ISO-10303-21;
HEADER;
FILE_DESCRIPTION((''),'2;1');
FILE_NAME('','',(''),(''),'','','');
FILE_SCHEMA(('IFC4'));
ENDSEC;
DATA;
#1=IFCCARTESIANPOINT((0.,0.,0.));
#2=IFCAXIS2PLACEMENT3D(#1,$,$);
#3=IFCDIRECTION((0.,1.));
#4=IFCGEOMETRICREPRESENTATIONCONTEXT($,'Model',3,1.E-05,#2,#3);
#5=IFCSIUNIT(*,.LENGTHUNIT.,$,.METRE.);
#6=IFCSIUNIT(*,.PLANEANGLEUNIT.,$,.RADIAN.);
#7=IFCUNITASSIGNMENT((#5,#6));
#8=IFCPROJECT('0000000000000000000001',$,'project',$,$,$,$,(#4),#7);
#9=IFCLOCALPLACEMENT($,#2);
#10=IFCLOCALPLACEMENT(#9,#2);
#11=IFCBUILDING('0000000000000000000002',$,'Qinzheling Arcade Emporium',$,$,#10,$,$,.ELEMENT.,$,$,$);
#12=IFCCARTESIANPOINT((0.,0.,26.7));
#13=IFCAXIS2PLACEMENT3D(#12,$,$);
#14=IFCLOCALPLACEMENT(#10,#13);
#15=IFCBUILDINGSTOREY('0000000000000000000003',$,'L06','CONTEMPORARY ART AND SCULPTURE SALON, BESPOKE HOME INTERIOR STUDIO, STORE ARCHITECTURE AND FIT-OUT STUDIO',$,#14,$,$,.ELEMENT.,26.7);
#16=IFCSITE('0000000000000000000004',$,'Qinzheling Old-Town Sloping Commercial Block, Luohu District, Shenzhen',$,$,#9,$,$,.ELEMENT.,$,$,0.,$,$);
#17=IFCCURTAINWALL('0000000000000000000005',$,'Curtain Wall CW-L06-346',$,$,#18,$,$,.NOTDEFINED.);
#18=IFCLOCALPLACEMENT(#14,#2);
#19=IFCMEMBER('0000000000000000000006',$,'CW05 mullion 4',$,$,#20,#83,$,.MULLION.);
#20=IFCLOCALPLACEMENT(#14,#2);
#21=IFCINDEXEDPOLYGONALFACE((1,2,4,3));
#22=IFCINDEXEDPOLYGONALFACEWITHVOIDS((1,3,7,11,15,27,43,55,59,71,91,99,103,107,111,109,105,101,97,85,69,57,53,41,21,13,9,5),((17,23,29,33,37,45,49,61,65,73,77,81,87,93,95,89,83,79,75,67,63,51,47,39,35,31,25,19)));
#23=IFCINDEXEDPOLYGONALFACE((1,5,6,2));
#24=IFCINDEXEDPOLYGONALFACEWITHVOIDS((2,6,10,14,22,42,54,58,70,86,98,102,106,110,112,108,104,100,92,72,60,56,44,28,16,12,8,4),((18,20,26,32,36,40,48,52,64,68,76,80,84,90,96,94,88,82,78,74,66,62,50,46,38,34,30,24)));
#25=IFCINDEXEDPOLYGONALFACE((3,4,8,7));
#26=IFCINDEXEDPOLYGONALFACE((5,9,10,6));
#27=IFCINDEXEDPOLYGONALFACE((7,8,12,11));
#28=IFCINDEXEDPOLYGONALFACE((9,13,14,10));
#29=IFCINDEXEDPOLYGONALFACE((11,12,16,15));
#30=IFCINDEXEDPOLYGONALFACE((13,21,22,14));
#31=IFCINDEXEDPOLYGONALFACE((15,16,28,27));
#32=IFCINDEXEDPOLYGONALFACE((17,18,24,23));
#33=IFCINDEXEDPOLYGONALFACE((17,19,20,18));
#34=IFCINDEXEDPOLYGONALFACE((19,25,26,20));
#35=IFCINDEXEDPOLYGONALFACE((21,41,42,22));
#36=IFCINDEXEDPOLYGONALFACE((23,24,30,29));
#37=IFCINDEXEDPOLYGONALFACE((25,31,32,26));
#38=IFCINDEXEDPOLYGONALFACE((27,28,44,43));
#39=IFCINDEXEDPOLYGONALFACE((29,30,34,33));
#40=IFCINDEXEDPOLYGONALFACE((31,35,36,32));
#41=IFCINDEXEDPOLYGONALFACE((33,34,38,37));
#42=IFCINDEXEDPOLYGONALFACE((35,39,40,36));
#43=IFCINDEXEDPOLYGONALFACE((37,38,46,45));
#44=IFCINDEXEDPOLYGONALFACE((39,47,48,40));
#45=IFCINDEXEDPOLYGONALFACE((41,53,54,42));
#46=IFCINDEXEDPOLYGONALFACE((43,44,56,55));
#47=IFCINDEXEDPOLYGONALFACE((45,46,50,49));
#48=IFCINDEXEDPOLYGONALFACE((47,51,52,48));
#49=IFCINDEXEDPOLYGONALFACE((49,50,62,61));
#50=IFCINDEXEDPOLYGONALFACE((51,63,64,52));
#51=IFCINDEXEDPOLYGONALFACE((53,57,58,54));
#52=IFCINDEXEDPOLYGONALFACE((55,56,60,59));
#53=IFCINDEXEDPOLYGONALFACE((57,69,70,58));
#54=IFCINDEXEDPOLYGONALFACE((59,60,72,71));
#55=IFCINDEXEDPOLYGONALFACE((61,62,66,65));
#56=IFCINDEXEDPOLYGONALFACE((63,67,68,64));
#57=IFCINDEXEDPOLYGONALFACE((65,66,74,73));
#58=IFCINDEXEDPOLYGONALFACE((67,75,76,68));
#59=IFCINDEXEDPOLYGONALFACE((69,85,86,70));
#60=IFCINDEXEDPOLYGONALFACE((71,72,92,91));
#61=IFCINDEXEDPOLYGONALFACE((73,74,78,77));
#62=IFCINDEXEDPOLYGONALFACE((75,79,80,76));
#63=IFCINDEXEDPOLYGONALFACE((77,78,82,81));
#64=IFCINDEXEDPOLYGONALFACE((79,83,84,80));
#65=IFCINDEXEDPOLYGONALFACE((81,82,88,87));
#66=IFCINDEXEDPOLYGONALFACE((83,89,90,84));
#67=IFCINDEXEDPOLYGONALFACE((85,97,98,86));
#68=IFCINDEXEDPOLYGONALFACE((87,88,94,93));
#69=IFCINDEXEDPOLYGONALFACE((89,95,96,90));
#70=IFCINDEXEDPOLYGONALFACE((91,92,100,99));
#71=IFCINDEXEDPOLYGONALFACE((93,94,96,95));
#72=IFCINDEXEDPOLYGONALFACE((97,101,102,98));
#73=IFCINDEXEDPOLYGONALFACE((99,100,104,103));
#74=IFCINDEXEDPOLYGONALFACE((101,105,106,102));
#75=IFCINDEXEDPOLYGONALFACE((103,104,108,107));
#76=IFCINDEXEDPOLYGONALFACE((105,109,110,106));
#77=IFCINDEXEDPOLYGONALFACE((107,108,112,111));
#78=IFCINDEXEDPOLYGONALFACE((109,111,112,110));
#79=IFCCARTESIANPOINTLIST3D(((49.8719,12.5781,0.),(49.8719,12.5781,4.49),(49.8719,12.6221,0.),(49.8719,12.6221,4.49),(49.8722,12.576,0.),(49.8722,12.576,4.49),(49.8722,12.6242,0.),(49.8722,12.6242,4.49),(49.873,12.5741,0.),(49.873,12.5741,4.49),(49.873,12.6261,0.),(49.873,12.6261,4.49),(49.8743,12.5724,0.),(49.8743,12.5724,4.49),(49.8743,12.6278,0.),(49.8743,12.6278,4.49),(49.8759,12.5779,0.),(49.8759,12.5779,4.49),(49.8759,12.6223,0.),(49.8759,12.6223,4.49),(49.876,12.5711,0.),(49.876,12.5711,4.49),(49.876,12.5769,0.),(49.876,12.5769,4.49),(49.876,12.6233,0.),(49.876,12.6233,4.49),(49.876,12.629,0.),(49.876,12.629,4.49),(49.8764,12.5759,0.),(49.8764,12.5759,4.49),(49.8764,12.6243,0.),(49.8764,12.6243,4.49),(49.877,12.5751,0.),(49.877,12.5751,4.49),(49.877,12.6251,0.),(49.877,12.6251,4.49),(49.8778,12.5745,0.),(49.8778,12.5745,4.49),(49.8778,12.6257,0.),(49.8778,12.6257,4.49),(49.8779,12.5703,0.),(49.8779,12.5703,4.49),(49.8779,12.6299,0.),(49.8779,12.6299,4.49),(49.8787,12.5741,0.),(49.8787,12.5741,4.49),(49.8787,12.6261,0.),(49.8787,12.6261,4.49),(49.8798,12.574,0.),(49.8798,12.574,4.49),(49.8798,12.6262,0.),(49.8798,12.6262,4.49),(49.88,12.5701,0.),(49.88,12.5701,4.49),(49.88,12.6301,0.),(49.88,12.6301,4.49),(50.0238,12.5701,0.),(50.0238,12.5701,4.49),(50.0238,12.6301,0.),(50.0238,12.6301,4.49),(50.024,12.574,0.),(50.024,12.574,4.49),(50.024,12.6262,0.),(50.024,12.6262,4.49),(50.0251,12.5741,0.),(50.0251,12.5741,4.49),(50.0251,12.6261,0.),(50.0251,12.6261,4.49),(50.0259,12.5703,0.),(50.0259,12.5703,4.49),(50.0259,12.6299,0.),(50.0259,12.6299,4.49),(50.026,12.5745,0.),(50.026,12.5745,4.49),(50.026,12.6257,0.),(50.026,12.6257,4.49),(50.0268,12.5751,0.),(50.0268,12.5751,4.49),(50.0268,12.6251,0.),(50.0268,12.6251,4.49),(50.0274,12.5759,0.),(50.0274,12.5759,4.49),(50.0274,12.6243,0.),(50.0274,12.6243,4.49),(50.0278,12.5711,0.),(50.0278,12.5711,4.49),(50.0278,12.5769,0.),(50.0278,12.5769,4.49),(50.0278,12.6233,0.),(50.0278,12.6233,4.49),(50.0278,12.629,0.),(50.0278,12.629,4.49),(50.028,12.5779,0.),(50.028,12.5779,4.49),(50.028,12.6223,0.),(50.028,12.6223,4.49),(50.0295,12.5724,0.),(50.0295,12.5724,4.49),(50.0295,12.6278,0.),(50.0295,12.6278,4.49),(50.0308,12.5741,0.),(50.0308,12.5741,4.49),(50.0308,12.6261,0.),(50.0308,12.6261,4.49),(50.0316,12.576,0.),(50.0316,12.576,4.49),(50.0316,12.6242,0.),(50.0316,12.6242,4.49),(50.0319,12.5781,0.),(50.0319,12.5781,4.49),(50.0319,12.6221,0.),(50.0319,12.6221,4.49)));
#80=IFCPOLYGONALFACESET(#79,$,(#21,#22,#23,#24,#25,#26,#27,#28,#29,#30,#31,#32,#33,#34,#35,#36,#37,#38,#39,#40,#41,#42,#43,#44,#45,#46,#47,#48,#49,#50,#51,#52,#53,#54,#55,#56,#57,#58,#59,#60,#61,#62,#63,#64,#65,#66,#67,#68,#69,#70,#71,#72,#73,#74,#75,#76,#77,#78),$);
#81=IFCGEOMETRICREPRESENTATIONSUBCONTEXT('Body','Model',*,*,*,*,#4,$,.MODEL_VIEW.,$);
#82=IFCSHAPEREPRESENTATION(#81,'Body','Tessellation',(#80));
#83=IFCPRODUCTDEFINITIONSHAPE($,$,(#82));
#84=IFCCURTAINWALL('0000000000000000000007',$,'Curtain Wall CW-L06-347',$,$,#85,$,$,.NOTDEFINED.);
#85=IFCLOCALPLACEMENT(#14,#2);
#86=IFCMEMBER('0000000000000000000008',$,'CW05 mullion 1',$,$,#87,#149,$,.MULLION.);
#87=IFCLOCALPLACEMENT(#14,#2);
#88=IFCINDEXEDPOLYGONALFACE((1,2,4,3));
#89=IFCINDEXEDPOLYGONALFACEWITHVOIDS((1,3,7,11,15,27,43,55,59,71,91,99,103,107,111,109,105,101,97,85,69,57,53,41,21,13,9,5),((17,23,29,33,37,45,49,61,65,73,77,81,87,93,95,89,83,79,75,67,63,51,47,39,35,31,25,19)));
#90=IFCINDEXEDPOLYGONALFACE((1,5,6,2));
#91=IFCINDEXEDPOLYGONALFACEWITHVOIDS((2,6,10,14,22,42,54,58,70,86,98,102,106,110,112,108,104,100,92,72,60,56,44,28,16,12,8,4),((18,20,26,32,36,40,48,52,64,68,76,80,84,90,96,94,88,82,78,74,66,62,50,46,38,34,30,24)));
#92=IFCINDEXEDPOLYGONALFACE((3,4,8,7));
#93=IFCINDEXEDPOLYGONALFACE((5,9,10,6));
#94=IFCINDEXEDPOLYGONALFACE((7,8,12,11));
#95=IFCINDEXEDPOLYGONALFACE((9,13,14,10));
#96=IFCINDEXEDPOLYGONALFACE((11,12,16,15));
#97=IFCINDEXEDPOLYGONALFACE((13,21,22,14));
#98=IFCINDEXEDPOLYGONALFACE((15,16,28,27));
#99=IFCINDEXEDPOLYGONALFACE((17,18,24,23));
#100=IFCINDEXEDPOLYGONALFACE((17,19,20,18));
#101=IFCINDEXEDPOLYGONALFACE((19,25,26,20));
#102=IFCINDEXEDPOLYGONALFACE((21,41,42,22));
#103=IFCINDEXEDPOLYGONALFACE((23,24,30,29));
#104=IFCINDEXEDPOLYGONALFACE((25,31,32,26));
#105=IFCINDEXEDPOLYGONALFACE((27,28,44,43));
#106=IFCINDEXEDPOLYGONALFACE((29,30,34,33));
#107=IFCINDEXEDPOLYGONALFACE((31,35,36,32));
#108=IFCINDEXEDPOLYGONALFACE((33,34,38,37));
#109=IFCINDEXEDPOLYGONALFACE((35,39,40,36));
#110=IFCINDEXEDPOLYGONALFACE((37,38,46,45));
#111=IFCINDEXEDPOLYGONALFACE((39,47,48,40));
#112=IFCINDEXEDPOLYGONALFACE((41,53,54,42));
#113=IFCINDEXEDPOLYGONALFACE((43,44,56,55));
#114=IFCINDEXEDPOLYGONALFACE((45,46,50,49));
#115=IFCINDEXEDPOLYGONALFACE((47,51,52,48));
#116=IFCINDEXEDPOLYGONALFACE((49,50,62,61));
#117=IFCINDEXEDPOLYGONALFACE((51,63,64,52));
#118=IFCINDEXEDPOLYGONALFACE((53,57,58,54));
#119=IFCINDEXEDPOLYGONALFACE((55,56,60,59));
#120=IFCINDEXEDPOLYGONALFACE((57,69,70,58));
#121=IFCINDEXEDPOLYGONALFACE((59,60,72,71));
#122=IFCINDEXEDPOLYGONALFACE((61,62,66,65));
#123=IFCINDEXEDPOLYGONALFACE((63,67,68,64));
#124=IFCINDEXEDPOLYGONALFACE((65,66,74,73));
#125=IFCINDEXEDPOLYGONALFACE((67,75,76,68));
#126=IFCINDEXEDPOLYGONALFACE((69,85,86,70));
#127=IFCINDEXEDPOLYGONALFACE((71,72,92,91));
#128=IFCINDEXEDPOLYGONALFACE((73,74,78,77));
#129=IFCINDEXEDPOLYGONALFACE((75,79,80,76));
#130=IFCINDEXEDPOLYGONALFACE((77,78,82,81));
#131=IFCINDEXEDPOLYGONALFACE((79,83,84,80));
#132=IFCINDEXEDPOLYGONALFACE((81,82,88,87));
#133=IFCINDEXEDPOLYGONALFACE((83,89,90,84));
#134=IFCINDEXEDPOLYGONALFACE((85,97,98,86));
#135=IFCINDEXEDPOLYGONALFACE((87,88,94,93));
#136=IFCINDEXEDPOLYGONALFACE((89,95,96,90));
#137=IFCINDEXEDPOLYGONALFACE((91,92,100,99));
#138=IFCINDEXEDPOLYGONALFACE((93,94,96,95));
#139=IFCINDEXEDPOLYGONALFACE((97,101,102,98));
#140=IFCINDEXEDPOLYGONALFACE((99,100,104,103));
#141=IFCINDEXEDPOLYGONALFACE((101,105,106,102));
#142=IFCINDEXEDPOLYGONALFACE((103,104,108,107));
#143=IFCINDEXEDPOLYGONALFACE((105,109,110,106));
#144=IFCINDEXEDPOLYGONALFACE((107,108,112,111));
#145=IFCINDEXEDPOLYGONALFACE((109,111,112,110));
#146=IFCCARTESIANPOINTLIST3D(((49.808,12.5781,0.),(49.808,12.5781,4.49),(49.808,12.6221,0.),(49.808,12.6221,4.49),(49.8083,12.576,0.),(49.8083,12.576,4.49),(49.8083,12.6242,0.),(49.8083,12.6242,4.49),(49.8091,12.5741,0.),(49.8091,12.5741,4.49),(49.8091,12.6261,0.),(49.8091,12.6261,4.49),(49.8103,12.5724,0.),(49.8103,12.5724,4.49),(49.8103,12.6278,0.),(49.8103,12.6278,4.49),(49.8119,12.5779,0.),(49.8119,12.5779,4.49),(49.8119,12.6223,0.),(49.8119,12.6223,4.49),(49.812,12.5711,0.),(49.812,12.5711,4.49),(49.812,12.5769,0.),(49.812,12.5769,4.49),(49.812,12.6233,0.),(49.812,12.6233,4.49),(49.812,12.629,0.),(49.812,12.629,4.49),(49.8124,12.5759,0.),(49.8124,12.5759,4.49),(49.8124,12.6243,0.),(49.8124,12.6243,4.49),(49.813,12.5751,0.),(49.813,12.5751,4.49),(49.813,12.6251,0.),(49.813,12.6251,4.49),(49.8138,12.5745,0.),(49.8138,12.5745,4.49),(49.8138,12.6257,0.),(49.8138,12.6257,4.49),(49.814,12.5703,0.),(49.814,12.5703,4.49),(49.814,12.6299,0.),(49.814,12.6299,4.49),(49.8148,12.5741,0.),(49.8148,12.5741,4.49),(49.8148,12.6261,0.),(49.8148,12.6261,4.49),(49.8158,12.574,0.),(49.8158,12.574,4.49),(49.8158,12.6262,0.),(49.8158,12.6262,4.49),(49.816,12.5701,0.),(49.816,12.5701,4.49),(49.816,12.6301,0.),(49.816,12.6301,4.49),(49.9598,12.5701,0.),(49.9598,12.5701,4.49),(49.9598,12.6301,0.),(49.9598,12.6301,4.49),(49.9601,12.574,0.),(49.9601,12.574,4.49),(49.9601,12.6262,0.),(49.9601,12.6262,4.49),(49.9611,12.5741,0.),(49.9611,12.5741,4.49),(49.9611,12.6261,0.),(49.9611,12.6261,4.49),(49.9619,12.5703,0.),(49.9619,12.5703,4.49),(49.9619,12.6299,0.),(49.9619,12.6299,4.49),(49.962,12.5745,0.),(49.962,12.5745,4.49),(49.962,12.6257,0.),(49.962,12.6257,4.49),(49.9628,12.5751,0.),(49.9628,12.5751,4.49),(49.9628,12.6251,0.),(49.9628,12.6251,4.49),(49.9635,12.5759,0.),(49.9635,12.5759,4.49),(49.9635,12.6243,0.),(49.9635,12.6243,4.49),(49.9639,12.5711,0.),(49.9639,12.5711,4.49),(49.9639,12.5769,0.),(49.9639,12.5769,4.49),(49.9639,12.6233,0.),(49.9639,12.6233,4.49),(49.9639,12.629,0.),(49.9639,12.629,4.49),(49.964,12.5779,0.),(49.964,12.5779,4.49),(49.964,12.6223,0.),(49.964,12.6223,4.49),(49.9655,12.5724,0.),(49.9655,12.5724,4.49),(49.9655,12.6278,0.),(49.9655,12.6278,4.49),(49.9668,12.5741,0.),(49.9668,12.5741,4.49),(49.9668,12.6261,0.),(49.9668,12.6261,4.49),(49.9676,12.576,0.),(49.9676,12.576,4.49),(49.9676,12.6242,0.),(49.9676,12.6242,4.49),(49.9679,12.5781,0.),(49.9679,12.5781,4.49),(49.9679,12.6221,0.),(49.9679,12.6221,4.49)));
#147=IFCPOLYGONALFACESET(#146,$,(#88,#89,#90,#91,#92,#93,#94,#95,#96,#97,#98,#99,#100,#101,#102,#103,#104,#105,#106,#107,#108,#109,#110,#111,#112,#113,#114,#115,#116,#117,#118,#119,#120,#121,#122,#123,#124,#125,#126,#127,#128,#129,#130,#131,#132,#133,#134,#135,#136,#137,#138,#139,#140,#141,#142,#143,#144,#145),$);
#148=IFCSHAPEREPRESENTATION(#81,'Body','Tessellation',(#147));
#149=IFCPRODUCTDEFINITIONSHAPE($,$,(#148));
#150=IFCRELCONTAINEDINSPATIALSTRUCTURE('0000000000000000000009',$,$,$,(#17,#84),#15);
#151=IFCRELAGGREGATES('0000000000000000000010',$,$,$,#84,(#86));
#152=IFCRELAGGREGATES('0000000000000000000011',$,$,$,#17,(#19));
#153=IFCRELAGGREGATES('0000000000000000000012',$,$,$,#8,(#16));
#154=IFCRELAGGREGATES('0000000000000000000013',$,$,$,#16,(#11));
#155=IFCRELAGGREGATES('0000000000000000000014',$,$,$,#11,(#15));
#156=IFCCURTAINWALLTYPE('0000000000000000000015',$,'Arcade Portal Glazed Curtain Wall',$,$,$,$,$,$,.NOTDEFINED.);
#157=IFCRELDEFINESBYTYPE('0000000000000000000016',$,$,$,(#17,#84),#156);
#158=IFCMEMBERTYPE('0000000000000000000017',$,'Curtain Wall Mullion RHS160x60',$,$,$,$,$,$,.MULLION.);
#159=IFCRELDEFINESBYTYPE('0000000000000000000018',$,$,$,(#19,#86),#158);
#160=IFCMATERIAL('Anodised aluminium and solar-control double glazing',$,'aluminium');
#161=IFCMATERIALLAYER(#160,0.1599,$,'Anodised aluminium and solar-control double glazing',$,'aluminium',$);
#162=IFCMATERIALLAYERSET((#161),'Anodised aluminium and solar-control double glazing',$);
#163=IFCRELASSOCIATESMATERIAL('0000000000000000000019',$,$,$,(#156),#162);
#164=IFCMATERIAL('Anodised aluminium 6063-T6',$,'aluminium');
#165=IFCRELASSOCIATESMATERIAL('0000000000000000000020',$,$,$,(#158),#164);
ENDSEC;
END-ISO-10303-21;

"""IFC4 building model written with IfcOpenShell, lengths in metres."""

from ifc_helpers import new_model, si_unit, direction, frame, origin, origin_2d, place, context, subcontext, project, spatial, hollow_rectangle, extrude, material, layer, layer_set, material_profile, profile_set, type_object, element, aggregate, save


model = new_model("IFC4")

# Units and contexts
model_context = context("Model", 3, precision=1e-05, world=origin(), true_north=direction((0.0, 1.0)))
body_context = subcontext(model_context, "Body", "Model", "MODEL_VIEW")
ifc_project = project(units=[si_unit("LENGTHUNIT", "METRE"), si_unit("PLANEANGLEUNIT", "RADIAN")], contexts=[model_context])

# Site, building, storey
site_placement = place(None, origin())
site = spatial("IfcSite", under=ifc_project, at=site_placement, Name="Qinzheling Old-Town Sloping Commercial Block, Luohu District, Shenzhen", CompositionType="ELEMENT", RefElevation=0.0)
building_placement = place(site_placement, origin())
building = spatial("IfcBuilding", under=site, at=building_placement, Name="Qinzheling Arcade Emporium", CompositionType="ELEMENT")
storey_placement = place(building_placement, frame((0.0, 0.0, 26.7)))
storey = spatial("IfcBuildingStorey", under=building, at=storey_placement, Name="L06", Description="CONTEMPORARY ART AND SCULPTURE SALON, BESPOKE HOME INTERIOR STUDIO, STORE ARCHITECTURE AND FIT-OUT STUDIO", CompositionType="ELEMENT", Elevation=26.7)

# Curtain wall, member
ifc_material_1 = material(Name="Anodised aluminium and solar-control double glazing", Category="aluminium")
ifc_layer_1 = layer(ifc_material_1, 0.1599, Name="Anodised aluminium and solar-control double glazing", Category="aluminium")
ifc_layer_set_1 = layer_set([ifc_layer_1], Name="Anodised aluminium and solar-control double glazing")
curtain_wall_type = type_object("IfcCurtainWallType", Name="Arcade Portal Glazed Curtain Wall", PredefinedType="NOTDEFINED", material=ifc_layer_set_1)
curtain_wall_1_placement = place(storey_placement, origin())
curtain_wall_1 = element("IfcCurtainWall", 1, at=curtain_wall_1_placement, inside=storey, type_object=curtain_wall_type, Name="Curtain Wall CW-L06-346", PredefinedType="NOTDEFINED")
ifc_material_2 = material(Name="Anodised aluminium 6063-T6", Category="aluminium")
ifc_material_profile_1 = material_profile(ifc_material_2, hollow_rectangle(XDim=0.0601, YDim=0.1599, WallThickness=0.0039, InnerFilletRadius=0.0039, OuterFilletRadius=0.0081, at=origin_2d()), Name="RHS 160x60x4", Category="aluminium")
ifc_profile_set_1 = profile_set([ifc_material_profile_1], Name="Anodised aluminium 6063-T6")
member_type_1 = type_object("IfcMemberType", Name="Curtain Wall Mullion RHS160x60", PredefinedType="MULLION", material=ifc_profile_set_1)
member_1_placement = place(storey_placement, frame((49.9519, 12.6001, 0.0), z_axis=(0.0, 0.0, 1.0), x_axis=(0.0, -1.0, 0.0)))
member_1 = element("IfcMember", 2, at=member_1_placement, type_object=member_type_1, Name="CW05 mullion 4", PredefinedType="MULLION", context=body_context, shape_type="SweptSolid", body=[
    extrude(hollow_rectangle(XDim=0.0601, YDim=0.1599, WallThickness=0.0039, InnerFilletRadius=0.0039, OuterFilletRadius=0.0081, at=origin_2d()), origin(), (0.0, 0.0, 1.0), 4.49),
])

# Curtain wall, member
curtain_wall_2_placement = place(storey_placement, origin())
curtain_wall_2 = element("IfcCurtainWall", 3, at=curtain_wall_2_placement, inside=storey, type_object=curtain_wall_type, Name="Curtain Wall CW-L06-347", PredefinedType="NOTDEFINED")
member_2_placement = place(storey_placement, frame((49.8879, 12.6001, 0.0), z_axis=(0.0, 0.0, 1.0), x_axis=(0.0, -1.0, 0.0)))
member_2 = element("IfcMember", 4, at=member_2_placement, type_object=member_type_1, Name="CW05 mullion 1", PredefinedType="MULLION", context=body_context, shape_type="SweptSolid", body=[
    extrude(hollow_rectangle(XDim=0.0601, YDim=0.1599, WallThickness=0.0039, InnerFilletRadius=0.0039, OuterFilletRadius=0.0081, at=origin_2d()), origin(), (0.0, 0.0, 1.0), 4.49),
])
aggregate(curtain_wall_2, [member_2])

aggregate(curtain_wall_1, [member_1])

save(model, "model.ifc")
